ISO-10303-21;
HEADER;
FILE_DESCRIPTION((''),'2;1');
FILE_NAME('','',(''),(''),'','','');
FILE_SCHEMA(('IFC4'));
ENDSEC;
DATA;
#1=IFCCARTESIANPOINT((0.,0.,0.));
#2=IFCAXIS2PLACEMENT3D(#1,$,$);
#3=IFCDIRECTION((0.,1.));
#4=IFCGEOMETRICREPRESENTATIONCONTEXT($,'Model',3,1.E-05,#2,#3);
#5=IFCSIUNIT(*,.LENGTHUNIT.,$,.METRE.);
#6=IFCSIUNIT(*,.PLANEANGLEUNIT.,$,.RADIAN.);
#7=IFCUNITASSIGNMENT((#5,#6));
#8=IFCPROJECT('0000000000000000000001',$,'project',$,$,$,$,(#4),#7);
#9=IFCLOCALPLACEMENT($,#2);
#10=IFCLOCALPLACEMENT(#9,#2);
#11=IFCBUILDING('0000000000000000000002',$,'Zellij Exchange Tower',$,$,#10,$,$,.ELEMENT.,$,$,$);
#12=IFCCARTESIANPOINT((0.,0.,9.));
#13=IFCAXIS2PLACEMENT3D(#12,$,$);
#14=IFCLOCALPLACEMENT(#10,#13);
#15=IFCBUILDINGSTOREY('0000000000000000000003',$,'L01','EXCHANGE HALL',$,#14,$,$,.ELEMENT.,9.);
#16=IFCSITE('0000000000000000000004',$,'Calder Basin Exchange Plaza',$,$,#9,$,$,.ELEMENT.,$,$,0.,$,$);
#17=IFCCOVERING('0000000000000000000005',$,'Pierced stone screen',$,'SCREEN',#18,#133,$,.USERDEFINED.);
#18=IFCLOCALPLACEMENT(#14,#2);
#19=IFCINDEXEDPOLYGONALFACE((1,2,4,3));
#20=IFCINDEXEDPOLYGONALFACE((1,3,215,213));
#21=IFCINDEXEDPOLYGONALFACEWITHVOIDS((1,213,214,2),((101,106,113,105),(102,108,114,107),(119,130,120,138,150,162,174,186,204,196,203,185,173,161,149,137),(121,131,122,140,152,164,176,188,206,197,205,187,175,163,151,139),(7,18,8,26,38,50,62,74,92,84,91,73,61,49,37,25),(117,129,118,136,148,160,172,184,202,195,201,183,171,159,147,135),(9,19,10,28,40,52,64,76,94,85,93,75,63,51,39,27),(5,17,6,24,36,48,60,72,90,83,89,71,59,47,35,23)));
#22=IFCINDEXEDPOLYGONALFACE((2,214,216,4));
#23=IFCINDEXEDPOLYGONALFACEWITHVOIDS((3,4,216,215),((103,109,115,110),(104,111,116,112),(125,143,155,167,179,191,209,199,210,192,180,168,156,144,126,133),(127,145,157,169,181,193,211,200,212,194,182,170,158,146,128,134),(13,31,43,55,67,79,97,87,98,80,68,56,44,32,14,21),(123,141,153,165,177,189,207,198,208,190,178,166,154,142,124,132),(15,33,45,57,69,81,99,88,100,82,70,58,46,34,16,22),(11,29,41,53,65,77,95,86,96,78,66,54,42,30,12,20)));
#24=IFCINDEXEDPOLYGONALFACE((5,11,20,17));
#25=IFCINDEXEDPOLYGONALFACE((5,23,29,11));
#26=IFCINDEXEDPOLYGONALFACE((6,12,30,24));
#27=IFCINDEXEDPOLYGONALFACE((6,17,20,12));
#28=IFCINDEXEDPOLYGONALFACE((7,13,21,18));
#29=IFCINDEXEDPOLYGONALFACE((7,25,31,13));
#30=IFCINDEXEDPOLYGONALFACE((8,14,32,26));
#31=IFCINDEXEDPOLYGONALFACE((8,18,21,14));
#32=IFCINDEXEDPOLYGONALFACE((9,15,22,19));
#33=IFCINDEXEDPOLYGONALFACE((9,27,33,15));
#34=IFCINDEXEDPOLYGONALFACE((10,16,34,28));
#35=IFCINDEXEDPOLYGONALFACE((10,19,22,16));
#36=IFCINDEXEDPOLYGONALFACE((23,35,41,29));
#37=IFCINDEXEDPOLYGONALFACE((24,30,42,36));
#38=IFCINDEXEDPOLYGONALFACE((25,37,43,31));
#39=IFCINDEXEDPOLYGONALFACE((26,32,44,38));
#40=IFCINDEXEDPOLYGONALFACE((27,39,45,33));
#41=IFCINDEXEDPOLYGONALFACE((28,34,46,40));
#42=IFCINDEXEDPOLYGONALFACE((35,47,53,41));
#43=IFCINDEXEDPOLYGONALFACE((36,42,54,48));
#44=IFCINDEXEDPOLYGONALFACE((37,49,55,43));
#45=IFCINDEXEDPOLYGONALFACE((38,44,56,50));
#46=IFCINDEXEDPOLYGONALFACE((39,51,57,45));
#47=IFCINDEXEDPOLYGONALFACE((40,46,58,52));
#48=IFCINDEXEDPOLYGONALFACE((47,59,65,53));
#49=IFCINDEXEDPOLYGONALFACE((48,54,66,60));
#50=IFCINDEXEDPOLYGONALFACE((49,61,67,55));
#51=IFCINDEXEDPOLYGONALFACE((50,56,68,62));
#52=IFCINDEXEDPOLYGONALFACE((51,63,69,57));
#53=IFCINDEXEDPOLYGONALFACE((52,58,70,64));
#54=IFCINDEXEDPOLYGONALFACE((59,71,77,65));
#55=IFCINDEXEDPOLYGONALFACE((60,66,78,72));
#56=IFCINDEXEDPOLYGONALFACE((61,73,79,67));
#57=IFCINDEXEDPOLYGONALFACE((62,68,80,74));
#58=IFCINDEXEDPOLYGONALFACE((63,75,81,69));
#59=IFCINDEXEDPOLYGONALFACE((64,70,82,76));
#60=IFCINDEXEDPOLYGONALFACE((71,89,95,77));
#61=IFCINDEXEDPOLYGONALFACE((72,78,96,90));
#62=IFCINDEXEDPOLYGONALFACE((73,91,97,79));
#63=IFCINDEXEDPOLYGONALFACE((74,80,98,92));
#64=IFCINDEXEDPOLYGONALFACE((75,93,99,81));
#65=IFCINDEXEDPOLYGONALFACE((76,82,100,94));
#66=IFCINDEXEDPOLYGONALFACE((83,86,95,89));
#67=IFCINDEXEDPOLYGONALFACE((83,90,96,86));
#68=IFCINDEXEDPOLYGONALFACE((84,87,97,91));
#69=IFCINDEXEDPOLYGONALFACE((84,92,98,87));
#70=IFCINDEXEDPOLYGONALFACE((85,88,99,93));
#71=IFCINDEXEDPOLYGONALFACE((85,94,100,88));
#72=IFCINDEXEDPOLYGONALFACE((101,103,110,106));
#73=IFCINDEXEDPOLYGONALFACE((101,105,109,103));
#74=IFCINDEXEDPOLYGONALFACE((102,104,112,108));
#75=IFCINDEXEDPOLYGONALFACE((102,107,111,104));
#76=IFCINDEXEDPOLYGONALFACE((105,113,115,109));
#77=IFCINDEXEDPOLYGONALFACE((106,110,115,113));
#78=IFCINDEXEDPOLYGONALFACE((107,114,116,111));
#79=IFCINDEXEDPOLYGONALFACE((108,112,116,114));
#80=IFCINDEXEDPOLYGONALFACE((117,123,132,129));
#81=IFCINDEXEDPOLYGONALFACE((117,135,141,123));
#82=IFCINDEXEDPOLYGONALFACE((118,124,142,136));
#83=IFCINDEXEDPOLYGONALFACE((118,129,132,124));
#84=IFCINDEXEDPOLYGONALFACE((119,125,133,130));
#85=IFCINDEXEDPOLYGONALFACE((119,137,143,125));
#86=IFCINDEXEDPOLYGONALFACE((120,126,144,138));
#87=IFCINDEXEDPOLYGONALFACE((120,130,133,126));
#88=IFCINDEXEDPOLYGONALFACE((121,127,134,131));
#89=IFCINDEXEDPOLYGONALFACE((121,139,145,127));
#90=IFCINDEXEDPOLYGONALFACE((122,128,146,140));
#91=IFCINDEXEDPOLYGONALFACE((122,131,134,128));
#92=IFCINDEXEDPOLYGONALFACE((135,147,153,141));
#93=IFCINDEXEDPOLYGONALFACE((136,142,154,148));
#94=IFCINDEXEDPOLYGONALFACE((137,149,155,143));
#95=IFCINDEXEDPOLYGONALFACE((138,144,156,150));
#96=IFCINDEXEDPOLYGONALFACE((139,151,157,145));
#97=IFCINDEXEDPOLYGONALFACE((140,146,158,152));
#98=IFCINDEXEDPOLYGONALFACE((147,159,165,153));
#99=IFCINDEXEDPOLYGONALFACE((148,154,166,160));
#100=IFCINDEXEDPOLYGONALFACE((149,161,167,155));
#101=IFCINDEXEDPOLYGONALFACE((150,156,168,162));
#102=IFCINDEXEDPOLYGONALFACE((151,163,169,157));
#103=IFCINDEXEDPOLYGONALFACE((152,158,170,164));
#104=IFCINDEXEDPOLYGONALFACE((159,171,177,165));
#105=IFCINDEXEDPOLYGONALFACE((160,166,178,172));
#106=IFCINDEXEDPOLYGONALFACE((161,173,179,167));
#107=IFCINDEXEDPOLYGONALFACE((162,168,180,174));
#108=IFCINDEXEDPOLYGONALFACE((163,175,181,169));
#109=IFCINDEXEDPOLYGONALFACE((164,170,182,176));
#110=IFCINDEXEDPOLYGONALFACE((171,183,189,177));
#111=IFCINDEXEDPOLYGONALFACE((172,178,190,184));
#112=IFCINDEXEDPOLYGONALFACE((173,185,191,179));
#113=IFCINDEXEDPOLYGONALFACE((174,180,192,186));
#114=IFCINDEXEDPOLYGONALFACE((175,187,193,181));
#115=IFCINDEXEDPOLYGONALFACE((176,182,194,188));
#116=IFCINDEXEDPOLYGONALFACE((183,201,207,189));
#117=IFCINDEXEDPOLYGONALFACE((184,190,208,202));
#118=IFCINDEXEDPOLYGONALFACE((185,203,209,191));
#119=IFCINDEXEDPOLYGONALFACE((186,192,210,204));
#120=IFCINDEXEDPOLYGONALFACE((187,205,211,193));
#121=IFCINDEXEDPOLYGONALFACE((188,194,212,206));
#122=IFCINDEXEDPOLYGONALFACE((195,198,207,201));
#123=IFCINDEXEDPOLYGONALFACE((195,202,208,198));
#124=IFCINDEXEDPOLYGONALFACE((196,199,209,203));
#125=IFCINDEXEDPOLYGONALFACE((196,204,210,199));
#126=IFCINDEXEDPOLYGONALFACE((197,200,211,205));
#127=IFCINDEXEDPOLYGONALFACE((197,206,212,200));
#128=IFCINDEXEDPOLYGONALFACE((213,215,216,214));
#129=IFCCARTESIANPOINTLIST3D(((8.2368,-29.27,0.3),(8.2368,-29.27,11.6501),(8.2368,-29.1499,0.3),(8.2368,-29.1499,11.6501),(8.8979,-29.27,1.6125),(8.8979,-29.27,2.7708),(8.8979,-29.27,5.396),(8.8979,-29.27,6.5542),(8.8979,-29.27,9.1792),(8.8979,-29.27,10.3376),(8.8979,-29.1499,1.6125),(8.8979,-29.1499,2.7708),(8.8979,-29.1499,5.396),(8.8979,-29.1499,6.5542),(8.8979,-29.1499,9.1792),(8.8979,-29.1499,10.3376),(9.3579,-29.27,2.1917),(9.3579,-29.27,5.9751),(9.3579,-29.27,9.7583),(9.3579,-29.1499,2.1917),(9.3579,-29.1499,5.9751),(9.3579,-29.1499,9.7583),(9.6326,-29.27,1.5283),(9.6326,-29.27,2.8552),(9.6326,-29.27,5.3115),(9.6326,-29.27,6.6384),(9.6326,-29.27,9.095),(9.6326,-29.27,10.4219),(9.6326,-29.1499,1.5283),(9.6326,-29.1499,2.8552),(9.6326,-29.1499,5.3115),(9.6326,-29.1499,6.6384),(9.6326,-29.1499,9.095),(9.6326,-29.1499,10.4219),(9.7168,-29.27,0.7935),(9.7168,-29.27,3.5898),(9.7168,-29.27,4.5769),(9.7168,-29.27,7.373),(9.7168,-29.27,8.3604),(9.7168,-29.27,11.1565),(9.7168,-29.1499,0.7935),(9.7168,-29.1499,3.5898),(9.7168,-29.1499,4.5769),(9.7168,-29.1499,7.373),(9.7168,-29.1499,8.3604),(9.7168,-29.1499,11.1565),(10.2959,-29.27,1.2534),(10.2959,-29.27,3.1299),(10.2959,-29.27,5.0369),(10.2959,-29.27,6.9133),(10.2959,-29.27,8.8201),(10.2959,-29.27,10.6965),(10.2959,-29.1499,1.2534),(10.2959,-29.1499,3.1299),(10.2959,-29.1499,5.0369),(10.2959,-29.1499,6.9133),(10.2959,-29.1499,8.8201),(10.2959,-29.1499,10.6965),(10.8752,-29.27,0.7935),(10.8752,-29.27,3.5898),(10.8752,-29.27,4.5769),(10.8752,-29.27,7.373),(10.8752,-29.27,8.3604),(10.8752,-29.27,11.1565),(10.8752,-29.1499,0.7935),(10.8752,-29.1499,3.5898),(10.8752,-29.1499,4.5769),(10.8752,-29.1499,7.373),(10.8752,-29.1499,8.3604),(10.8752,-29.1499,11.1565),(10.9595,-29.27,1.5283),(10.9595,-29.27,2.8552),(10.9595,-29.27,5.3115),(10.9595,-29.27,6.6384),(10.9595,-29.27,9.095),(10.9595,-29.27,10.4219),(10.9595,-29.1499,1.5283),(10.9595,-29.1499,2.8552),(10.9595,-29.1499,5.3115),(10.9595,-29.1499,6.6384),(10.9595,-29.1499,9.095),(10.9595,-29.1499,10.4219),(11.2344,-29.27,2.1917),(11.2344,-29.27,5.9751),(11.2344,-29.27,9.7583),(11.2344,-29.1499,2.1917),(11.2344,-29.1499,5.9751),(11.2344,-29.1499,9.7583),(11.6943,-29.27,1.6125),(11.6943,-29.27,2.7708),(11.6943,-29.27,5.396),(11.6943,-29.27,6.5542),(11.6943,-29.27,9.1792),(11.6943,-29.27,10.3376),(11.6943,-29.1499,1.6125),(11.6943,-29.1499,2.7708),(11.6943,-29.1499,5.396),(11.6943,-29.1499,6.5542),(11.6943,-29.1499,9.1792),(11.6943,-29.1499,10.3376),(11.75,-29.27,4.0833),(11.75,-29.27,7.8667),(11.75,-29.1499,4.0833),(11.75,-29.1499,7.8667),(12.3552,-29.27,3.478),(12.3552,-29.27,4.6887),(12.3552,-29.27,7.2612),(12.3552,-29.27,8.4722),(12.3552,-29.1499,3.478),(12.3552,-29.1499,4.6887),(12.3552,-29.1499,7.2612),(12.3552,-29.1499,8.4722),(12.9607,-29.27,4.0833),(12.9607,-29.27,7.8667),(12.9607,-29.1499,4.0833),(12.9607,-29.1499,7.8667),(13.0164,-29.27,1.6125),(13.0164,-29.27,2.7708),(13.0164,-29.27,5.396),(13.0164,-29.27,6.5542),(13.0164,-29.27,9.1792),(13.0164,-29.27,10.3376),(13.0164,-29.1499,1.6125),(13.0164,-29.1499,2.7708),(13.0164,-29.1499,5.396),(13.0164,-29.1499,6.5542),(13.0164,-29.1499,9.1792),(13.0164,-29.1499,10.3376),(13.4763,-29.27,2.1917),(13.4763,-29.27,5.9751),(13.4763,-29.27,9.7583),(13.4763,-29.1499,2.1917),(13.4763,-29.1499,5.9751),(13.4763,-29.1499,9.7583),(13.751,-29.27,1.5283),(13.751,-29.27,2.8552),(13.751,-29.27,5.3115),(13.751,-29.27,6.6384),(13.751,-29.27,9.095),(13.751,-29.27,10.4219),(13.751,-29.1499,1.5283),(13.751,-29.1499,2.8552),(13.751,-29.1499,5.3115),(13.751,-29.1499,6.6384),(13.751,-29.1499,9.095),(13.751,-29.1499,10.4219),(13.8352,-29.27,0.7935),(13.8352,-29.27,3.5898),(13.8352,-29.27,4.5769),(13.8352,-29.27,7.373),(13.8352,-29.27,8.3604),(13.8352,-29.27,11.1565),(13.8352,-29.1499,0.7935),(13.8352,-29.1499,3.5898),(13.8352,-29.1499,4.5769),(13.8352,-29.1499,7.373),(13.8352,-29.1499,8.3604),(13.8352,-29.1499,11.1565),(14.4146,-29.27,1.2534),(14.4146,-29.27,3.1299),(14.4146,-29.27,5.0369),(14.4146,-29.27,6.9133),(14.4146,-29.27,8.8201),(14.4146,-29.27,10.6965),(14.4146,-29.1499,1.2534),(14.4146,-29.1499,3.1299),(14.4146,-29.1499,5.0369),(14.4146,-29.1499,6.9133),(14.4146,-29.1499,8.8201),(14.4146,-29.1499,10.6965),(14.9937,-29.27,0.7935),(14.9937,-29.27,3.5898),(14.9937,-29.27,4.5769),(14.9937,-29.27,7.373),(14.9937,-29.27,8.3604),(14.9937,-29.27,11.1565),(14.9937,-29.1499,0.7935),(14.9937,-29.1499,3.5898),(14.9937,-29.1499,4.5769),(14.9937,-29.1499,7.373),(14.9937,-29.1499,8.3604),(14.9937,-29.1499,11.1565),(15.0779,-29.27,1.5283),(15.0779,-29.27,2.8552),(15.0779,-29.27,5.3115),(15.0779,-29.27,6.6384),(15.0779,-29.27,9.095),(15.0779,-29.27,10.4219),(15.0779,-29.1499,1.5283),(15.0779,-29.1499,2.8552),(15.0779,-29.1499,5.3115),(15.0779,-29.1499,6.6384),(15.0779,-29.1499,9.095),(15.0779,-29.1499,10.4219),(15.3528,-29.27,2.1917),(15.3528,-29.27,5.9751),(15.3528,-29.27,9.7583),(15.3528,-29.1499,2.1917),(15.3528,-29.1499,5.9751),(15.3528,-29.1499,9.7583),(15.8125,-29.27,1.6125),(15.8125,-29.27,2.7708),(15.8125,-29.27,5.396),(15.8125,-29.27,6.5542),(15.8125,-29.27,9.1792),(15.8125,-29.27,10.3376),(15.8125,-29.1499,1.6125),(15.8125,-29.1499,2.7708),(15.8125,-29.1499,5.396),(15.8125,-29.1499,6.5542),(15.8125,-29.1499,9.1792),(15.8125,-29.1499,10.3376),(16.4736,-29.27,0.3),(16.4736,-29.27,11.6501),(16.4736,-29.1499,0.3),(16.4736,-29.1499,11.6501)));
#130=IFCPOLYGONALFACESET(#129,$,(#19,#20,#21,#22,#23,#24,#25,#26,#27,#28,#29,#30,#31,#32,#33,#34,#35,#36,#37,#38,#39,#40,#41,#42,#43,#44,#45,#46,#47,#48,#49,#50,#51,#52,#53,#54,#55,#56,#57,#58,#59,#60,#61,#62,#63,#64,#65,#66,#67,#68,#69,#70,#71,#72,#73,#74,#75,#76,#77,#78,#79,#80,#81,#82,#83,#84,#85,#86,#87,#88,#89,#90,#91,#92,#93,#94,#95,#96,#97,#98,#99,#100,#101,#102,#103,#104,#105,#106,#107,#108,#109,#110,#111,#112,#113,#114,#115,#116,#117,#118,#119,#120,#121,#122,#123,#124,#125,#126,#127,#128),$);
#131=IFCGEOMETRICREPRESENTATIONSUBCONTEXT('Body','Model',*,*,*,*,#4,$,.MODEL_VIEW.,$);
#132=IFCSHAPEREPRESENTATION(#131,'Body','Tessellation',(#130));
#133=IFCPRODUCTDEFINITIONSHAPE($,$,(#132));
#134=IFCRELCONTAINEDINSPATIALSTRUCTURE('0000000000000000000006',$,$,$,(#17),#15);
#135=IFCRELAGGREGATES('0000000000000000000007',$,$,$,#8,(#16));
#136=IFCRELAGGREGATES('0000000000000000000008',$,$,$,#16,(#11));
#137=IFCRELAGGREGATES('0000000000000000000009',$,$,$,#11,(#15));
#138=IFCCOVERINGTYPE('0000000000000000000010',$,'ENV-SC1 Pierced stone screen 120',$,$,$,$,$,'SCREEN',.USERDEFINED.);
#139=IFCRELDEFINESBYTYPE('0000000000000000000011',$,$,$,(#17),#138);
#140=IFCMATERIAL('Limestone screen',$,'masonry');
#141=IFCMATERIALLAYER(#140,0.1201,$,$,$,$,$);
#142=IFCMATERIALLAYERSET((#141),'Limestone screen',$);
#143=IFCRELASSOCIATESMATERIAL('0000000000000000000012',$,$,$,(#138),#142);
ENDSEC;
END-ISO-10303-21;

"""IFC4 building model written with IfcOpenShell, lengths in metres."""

from ifc_helpers import new_model, si_unit, direction, frame, origin, place, context, subcontext, project, spatial, polyline, outline, extrude, material, layer, layer_set, type_object, element, save


model = new_model("IFC4")

# Units and contexts
model_context = context("Model", 3, precision=1e-05, world=origin(), true_north=direction((0.0, 1.0)))
body_context = subcontext(model_context, "Body", "Model", "MODEL_VIEW")
ifc_project = project(units=[si_unit("LENGTHUNIT", "METRE"), si_unit("PLANEANGLEUNIT", "RADIAN")], contexts=[model_context])

# Site, building, storey
site_placement = place(None, origin())
site = spatial("IfcSite", under=ifc_project, at=site_placement, Name="Calder Basin Exchange Plaza", CompositionType="ELEMENT", RefElevation=0.0)
building_placement = place(site_placement, origin())
building = spatial("IfcBuilding", under=site, at=building_placement, Name="Zellij Exchange Tower", CompositionType="ELEMENT")
storey_placement = place(building_placement, frame((0.0, 0.0, 9.0)))
storey = spatial("IfcBuildingStorey", under=building, at=storey_placement, Name="L01", Description="EXCHANGE HALL", CompositionType="ELEMENT", Elevation=9.0)

# Covering
ifc_material_1 = material(Name="Limestone screen", Category="masonry")
ifc_layer_1 = layer(ifc_material_1, 0.1201)
ifc_layer_set_1 = layer_set([ifc_layer_1], Name="Limestone screen")
covering_type = type_object("IfcCoveringType", Name="ENV-SC1 Pierced stone screen 120", ElementType="SCREEN", PredefinedType="USERDEFINED", material=ifc_layer_set_1)
covering_1_placement = place(storey_placement, frame((8.2368, -29.21, 0.3), z_axis=(0.0, 0.0, 1.0), x_axis=(1.0, 0.0, 0.0)))
element("IfcCovering", 1, at=covering_1_placement, inside=storey, type_object=covering_type, Name="Pierced stone screen", ObjectType="SCREEN", PredefinedType="USERDEFINED", context=body_context, shape_type="SweptSolid", body=[
    extrude(outline(polyline([(0.0, 0.0), (8.2368, 0.0), (8.2368, 11.3501), (0.0, 11.3501), (0.0, 0.0)]), holes=[polyline([(3.4575, 2.4707), (2.7227, 2.5552), (2.6384, 3.2898), (2.0591, 2.8298), (1.48, 3.2898), (1.3958, 2.5552), (0.6611, 2.4707), (1.1211, 1.8916), (0.6611, 1.3125), (1.3958, 1.2283), (1.48, 0.4934), (2.0591, 0.9534), (2.6384, 0.4934), (2.7227, 1.2283), (3.4575, 1.3125), (2.9976, 1.8916), (3.4575, 2.4707)]), polyline([(3.4575, 6.2542), (2.7227, 6.3384), (2.6384, 7.073), (2.0591, 6.6133), (1.48, 7.073), (1.3958, 6.3384), (0.6611, 6.2542), (1.1211, 5.675), (0.6611, 5.0959), (1.3958, 5.0115), (1.48, 4.2769), (2.0591, 4.7368), (2.6384, 4.2769), (2.7227, 5.0115), (3.4575, 5.0959), (2.9976, 5.675), (3.4575, 6.2542)]), polyline([(3.4575, 10.0376), (2.7227, 10.1218), (2.6384, 10.8564), (2.0591, 10.3965), (1.48, 10.8564), (1.3958, 10.1218), (0.6611, 10.0376), (1.1211, 9.4583), (0.6611, 8.8792), (1.3958, 8.7949), (1.48, 8.0603), (2.0591, 8.52), (2.6384, 8.0603), (2.7227, 8.7949), (3.4575, 8.8792), (2.9976, 9.4583), (3.4575, 10.0376)]), polyline([(7.5757, 2.4707), (6.8411, 2.5552), (6.7568, 3.2898), (6.1777, 2.8298), (5.5984, 3.2898), (5.5142, 2.5552), (4.7795, 2.4707), (5.2395, 1.8916), (4.7795, 1.3125), (5.5142, 1.2283), (5.5984, 0.4934), (6.1777, 0.9534), (6.7568, 0.4934), (6.8411, 1.2283), (7.5757, 1.3125), (7.116, 1.8916), (7.5757, 2.4707)]), polyline([(7.5757, 6.2542), (6.8411, 6.3384), (6.7568, 7.073), (6.1777, 6.6133), (5.5984, 7.073), (5.5142, 6.3384), (4.7795, 6.2542), (5.2395, 5.675), (4.7795, 5.0959), (5.5142, 5.0115), (5.5984, 4.2769), (6.1777, 4.7368), (6.7568, 4.2769), (6.8411, 5.0115), (7.5757, 5.0959), (7.116, 5.675), (7.5757, 6.2542)]), polyline([(7.5757, 10.0376), (6.8411, 10.1218), (6.7568, 10.8564), (6.1777, 10.3965), (5.5984, 10.8564), (5.5142, 10.1218), (4.7795, 10.0376), (5.2395, 9.4583), (4.7795, 8.8792), (5.5142, 8.7949), (5.5984, 8.0603), (6.1777, 8.52), (6.7568, 8.0603), (6.8411, 8.7949), (7.5757, 8.8792), (7.116, 9.4583), (7.5757, 10.0376)]), polyline([(4.7239, 3.7832), (4.1184, 4.3887), (3.5132, 3.7832), (4.1184, 3.178), (4.7239, 3.7832)]), polyline([(4.7239, 7.5667), (4.1184, 8.1721), (3.5132, 7.5667), (4.1184, 6.9612), (4.7239, 7.5667)])]), frame((0.0, 0.0601, 0.0), z_axis=(0.0, -1.0, 0.0), x_axis=(1.0, 0.0, 0.0)), (0.0, 0.0, 1.0), 0.1201),
])

save(model, "model.ifc")
